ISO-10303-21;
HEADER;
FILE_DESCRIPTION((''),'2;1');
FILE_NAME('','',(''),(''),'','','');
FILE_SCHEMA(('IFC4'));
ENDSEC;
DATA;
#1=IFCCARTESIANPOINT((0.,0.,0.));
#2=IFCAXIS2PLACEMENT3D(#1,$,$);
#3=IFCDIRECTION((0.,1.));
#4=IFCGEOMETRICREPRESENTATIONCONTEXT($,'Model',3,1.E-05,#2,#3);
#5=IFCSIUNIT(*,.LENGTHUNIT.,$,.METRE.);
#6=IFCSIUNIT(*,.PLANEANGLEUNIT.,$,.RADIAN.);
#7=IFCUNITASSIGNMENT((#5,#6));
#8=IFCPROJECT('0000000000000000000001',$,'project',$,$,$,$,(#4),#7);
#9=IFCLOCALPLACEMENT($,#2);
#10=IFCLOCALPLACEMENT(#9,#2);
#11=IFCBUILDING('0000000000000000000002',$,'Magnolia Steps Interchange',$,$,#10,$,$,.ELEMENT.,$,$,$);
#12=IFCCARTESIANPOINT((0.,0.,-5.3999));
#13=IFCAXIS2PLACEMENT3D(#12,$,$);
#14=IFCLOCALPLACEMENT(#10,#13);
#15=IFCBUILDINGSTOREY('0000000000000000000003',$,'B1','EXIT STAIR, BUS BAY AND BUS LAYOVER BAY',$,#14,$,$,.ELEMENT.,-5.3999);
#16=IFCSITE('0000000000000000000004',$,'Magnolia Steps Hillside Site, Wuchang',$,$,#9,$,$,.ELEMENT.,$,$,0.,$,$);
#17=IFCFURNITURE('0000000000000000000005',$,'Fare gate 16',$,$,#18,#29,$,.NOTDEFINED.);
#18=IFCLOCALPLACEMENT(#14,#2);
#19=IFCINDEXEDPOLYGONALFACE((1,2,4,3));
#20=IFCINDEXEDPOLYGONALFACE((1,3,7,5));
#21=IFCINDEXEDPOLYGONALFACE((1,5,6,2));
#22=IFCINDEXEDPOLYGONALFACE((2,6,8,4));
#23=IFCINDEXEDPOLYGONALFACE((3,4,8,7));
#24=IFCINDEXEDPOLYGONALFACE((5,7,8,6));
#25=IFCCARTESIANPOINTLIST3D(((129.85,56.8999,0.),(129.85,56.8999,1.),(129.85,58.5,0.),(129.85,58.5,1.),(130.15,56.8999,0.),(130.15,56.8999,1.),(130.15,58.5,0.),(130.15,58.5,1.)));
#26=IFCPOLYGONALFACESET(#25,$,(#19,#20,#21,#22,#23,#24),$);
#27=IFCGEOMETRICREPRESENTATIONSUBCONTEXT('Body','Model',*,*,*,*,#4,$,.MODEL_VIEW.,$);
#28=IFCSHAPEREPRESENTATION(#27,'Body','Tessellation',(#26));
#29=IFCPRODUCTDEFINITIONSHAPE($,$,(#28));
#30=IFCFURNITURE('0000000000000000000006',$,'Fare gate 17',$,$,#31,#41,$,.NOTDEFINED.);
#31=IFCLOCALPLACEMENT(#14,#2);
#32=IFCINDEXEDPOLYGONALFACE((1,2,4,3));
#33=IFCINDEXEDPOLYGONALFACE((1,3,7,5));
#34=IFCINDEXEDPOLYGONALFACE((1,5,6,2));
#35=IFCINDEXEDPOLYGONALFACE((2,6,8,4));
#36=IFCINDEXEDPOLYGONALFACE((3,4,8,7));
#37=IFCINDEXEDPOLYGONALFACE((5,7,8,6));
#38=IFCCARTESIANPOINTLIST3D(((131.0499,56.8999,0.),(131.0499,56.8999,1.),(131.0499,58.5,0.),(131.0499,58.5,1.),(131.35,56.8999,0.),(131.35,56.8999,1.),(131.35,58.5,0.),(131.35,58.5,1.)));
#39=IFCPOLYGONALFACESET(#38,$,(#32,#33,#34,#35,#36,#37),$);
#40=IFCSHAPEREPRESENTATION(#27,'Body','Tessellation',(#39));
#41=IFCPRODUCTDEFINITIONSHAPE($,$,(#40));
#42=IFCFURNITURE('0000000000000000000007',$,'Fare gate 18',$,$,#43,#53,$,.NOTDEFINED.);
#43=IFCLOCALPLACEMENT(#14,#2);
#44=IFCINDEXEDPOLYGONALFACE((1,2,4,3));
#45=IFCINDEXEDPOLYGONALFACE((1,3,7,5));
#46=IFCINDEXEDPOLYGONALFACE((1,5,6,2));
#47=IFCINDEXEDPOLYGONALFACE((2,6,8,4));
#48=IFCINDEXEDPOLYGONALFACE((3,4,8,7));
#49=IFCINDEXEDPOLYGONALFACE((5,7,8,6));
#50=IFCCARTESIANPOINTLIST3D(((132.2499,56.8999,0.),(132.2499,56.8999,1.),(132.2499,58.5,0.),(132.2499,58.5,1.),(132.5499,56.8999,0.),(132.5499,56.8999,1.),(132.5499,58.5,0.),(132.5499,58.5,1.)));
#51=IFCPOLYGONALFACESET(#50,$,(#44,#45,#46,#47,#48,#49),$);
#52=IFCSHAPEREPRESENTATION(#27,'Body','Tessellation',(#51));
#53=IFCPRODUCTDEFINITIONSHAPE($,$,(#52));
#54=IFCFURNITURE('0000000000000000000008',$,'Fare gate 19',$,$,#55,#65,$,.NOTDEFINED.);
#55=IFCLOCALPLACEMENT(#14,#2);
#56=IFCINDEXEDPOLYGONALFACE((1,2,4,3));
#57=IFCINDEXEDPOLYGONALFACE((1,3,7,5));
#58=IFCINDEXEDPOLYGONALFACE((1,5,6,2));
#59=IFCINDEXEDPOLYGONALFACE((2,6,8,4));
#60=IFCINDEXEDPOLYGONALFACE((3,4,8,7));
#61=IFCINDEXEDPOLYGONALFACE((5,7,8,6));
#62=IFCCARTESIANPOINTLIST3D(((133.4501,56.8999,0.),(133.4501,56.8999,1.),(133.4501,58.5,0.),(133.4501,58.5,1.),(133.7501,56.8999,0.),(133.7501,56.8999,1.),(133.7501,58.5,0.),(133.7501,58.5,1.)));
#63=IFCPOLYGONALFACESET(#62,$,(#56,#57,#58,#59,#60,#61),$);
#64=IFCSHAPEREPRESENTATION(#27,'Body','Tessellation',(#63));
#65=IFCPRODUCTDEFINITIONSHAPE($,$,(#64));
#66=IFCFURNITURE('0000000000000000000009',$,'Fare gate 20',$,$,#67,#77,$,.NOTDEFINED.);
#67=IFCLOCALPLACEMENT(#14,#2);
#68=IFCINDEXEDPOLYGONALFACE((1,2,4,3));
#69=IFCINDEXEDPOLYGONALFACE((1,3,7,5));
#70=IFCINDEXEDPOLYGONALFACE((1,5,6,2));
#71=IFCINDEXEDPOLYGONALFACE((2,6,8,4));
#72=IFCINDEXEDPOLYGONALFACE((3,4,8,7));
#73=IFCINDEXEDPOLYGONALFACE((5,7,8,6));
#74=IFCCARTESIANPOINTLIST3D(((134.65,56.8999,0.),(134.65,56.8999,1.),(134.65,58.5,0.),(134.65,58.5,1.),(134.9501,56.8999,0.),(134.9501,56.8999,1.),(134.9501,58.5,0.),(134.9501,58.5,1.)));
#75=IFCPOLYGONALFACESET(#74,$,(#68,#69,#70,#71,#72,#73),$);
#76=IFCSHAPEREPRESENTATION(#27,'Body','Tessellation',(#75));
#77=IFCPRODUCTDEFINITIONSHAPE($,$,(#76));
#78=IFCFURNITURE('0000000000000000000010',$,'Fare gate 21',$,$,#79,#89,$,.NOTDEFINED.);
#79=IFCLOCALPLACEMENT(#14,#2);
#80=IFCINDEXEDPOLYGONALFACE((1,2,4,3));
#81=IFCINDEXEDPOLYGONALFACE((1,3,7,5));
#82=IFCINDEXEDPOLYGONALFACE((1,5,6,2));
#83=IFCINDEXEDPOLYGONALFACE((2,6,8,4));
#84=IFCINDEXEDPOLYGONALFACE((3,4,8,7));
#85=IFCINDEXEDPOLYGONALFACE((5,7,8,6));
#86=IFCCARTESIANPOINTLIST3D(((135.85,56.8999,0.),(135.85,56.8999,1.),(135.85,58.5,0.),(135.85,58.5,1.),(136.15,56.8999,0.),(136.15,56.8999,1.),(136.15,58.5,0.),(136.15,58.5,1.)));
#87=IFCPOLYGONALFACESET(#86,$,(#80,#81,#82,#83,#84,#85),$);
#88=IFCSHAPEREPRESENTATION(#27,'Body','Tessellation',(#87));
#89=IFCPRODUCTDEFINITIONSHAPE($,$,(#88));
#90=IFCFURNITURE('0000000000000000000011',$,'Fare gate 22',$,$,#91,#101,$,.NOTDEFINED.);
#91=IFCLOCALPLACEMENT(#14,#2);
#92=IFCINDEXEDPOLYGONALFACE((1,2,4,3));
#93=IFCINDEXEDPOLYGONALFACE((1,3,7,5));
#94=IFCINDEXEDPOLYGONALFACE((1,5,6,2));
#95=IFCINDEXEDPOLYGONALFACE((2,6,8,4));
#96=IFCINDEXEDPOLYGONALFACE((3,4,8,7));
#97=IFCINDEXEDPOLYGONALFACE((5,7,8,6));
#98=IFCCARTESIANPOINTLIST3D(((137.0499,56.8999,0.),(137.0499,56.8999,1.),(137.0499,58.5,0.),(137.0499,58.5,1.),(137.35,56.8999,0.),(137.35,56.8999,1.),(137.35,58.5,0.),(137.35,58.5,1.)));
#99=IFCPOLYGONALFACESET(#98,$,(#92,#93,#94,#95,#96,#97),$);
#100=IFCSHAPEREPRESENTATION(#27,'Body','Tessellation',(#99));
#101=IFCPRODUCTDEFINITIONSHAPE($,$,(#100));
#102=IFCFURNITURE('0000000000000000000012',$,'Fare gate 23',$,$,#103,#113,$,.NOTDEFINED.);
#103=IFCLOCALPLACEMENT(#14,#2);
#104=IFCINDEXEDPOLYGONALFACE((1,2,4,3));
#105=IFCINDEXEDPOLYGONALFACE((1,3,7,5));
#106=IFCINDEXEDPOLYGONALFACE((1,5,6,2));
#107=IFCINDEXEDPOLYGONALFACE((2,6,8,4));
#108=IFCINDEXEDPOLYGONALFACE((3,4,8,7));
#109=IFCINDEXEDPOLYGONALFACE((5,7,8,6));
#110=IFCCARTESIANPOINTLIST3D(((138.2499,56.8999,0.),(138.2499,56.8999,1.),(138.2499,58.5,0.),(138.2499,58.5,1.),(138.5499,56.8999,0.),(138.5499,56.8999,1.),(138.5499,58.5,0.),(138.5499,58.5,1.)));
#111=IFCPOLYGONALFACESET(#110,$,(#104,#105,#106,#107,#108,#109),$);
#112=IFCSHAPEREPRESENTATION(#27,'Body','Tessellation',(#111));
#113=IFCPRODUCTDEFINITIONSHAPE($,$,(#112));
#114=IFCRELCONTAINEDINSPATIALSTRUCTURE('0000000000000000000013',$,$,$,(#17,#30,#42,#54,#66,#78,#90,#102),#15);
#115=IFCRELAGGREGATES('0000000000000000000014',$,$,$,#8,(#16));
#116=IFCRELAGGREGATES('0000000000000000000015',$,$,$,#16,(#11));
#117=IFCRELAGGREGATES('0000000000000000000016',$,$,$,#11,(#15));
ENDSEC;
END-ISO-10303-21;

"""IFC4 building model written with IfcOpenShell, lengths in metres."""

from ifc_helpers import new_model, si_unit, direction, frame, origin, origin_2d, place, context, subcontext, project, spatial, rectangle, extrude, element, save


model = new_model("IFC4")

# Units and contexts
model_context = context("Model", 3, precision=1e-05, world=origin(), true_north=direction((0.0, 1.0)))
body_context = subcontext(model_context, "Body", "Model", "MODEL_VIEW")
ifc_project = project(units=[si_unit("LENGTHUNIT", "METRE"), si_unit("PLANEANGLEUNIT", "RADIAN")], contexts=[model_context])

# Site, building, storey
site_placement = place(None, origin())
site = spatial("IfcSite", under=ifc_project, at=site_placement, Name="Magnolia Steps Hillside Site, Wuchang", CompositionType="ELEMENT", RefElevation=0.0)
building_placement = place(site_placement, origin())
building = spatial("IfcBuilding", under=site, at=building_placement, Name="Magnolia Steps Interchange", CompositionType="ELEMENT")
storey_placement = place(building_placement, frame((0.0, 0.0, -5.3999)))
storey = spatial("IfcBuildingStorey", under=building, at=storey_placement, Name="B1", Description="EXIT STAIR, BUS BAY AND BUS LAYOVER BAY", CompositionType="ELEMENT", Elevation=-5.3999)

# Furniture
for number, where, z_axis, x_axis, name in (
    (1, (130.0, 57.7, 0.0), (0.0, 0.0, 1.0), (1.0, 0.0, 0.0), "Fare gate 16"),
    (2, (131.2, 57.7, 0.0), (0.0, 0.0, 1.0), (1.0, 0.0, 0.0), "Fare gate 17"),
    (3, (132.3999, 57.7, 0.0), (0.0, 0.0, 1.0), (1.0, 0.0, 0.0), "Fare gate 18"),
    (4, (133.6001, 57.7, 0.0), (0.0, 0.0, 1.0), (1.0, 0.0, 0.0), "Fare gate 19"),
    (5, (134.8, 57.7, 0.0), (0.0, 0.0, 1.0), (1.0, 0.0, 0.0), "Fare gate 20"),
    (6, (136.0, 57.7, 0.0), (0.0, 0.0, 1.0), (1.0, 0.0, 0.0), "Fare gate 21"),
    (7, (137.2, 57.7, 0.0), (0.0, 0.0, 1.0), (1.0, 0.0, 0.0), "Fare gate 22"),
    (8, (138.3999, 57.7, 0.0), (0.0, 0.0, 1.0), (1.0, 0.0, 0.0), "Fare gate 23"),
):
    element("IfcFurniture", number, at=place(storey_placement, frame(where, z_axis=z_axis, x_axis=x_axis)), inside=storey, Name=name, PredefinedType="NOTDEFINED", context=body_context, shape_type="SweptSolid", body=[
        extrude(rectangle(XDim=0.3, YDim=1.6001, at=origin_2d()), origin(), (0.0, 0.0, 1.0), 1.0),
    ])

save(model, "model.ifc")
